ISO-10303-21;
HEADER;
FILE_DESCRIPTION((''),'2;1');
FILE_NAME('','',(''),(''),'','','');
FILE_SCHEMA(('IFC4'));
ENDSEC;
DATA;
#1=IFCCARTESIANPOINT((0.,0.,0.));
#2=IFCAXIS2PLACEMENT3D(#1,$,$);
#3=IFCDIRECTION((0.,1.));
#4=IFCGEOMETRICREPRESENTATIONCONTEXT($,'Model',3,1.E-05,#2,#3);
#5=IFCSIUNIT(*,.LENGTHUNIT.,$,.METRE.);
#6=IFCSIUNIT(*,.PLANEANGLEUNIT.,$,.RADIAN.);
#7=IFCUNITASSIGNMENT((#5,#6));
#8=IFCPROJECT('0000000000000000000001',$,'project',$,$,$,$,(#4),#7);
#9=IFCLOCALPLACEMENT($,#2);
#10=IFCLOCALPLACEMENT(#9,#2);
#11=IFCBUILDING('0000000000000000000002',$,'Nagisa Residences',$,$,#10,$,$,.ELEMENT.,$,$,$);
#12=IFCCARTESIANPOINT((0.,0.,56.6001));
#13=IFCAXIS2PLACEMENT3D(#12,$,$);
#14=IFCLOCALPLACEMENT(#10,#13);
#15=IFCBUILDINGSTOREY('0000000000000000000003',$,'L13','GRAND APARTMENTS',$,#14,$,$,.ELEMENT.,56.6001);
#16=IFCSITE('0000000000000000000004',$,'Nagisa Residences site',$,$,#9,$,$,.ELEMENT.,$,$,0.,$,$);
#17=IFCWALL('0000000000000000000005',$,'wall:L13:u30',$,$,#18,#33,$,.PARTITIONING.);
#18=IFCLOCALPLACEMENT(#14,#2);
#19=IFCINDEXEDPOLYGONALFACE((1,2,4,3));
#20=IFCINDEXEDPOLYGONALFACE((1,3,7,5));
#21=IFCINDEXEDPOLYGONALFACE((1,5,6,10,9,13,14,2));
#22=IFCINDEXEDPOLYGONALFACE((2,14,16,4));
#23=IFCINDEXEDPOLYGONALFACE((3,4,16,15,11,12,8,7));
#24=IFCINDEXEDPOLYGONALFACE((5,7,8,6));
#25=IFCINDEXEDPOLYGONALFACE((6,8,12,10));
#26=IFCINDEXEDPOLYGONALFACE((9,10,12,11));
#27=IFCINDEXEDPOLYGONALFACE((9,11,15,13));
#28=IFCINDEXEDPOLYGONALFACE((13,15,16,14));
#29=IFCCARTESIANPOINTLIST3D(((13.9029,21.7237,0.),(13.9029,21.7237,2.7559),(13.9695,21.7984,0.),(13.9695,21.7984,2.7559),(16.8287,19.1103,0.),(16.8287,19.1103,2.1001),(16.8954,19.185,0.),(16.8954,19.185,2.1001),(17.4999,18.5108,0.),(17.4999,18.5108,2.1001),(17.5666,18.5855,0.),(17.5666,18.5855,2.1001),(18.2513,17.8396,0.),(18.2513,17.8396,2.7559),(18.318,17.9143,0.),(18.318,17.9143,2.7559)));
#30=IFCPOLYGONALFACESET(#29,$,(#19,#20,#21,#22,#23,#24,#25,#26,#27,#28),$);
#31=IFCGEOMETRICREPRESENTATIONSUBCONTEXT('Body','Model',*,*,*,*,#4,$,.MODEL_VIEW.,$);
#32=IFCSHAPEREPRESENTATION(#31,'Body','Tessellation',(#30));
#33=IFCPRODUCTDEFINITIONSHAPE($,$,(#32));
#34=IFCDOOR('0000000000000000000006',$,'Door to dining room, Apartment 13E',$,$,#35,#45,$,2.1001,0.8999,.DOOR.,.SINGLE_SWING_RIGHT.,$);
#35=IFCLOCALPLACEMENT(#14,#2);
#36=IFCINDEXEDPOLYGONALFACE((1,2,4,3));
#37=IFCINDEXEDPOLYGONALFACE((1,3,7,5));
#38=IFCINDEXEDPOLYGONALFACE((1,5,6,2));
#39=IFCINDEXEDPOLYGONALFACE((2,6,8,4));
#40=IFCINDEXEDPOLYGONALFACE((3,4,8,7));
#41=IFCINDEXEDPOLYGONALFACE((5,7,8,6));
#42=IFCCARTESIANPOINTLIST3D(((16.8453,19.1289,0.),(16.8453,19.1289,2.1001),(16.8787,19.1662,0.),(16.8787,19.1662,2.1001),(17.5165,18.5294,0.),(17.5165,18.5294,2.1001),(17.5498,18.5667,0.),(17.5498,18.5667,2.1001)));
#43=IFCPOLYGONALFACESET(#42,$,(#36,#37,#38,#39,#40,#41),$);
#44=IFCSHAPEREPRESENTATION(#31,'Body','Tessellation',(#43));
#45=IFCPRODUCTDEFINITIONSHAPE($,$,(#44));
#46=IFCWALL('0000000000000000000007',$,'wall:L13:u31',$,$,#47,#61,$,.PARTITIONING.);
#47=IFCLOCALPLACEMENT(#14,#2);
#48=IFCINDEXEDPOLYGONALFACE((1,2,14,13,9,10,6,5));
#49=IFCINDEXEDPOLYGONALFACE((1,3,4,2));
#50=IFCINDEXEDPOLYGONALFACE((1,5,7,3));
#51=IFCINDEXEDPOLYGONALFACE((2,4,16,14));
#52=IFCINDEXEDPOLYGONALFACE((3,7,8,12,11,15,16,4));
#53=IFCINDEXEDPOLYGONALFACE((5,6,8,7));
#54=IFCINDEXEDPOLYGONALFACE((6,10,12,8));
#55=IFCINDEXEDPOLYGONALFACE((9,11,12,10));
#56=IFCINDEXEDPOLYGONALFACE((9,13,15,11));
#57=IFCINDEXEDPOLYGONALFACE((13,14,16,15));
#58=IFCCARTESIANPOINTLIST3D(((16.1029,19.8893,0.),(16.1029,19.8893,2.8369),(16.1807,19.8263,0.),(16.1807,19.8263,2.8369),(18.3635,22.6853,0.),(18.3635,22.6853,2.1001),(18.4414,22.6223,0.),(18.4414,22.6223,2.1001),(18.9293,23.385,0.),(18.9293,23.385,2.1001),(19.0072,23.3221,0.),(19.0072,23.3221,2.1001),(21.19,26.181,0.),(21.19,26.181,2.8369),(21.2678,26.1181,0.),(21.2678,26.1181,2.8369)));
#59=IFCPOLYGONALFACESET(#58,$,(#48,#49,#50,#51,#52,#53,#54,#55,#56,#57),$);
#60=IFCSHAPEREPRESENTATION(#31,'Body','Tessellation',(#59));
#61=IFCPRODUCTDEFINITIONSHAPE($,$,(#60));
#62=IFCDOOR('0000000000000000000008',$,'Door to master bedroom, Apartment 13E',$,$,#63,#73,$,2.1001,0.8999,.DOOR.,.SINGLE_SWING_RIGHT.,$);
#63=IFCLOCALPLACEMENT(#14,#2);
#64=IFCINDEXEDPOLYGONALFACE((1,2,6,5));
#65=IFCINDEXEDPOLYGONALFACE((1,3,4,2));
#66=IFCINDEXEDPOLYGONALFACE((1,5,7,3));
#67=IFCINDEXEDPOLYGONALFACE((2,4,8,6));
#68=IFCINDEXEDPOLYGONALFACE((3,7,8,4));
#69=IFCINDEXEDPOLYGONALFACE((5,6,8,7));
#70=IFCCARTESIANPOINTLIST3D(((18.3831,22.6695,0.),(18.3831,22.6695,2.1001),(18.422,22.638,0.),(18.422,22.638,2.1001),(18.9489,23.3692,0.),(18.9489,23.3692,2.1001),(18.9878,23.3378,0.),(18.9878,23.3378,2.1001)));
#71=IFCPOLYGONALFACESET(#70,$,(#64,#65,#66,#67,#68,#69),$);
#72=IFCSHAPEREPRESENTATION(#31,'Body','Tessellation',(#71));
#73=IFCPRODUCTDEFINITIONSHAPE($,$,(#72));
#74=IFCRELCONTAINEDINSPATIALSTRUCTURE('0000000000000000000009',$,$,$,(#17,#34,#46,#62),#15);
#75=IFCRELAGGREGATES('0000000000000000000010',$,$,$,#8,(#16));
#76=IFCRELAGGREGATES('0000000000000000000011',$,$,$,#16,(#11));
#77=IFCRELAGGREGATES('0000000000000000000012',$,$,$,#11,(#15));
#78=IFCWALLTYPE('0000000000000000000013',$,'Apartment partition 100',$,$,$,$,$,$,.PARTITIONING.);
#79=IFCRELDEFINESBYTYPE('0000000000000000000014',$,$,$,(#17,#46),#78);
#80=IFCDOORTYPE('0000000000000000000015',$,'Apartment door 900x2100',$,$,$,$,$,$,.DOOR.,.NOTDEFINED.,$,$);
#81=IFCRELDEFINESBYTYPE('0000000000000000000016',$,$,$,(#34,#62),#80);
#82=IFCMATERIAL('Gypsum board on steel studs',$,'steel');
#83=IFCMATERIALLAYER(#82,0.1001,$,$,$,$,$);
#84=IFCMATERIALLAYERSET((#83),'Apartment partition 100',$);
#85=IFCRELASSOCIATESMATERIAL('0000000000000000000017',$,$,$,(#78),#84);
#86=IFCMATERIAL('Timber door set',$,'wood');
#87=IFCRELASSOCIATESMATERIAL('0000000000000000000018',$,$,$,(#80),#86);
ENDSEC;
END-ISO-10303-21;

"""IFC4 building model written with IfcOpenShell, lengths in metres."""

from ifc_helpers import new_model, si_unit, direction, frame, frame_2d, origin, place, context, subcontext, project, spatial, rectangle, extrude, material, layer, layer_set, type_object, element, fill, save


model = new_model("IFC4")

# Units and contexts
model_context = context("Model", 3, precision=1e-05, world=origin(), true_north=direction((0.0, 1.0)))
body_context = subcontext(model_context, "Body", "Model", "MODEL_VIEW")
ifc_project = project(units=[si_unit("LENGTHUNIT", "METRE"), si_unit("PLANEANGLEUNIT", "RADIAN")], contexts=[model_context])

# Site, building, storey
site_placement = place(None, origin())
site = spatial("IfcSite", under=ifc_project, at=site_placement, Name="Nagisa Residences site", CompositionType="ELEMENT", RefElevation=0.0)
building_placement = place(site_placement, origin())
building = spatial("IfcBuilding", under=site, at=building_placement, Name="Nagisa Residences", CompositionType="ELEMENT")
storey_placement = place(building_placement, frame((0.0, 0.0, 56.6001)))
storey = spatial("IfcBuildingStorey", under=building, at=storey_placement, Name="L13", Description="GRAND APARTMENTS", CompositionType="ELEMENT", Elevation=56.6001)

# Walls, openings, doors
ifc_material_1 = material(Name="Gypsum board on steel studs", Category="steel")
ifc_layer_1 = layer(ifc_material_1, 0.1001)
ifc_layer_set_1 = layer_set([ifc_layer_1], Name="Apartment partition 100")
wall_type_1 = type_object("IfcWallType", Name="Apartment partition 100", PredefinedType="PARTITIONING", material=ifc_layer_set_1)
ifc_material_2 = material(Name="Timber door set", Category="wood")
door_type_1 = type_object("IfcDoorType", Name="Apartment door 900x2100", OperationType="NOTDEFINED", PredefinedType="DOOR", material=ifc_material_2)
wall_1_placement = place(storey_placement, frame((18.2847, 17.877, 0.0), z_axis=(0.0, 0.0, 1.0), x_axis=(-0.745806, 0.666163, 0.0)))
wall_1 = element("IfcWall", 1, at=wall_1_placement, inside=storey, type_object=wall_type_1, Name="wall:L13:u30", PredefinedType="PARTITIONING", context=body_context, shape_type="SweptSolid", body=[
    extrude(rectangle(XDim=5.8306, YDim=0.1001, at=frame_2d((2.9153, 0.0))), origin(), (0.0, 0.0, 1.0), 2.7559),
])
opening_1_placement = place(wall_1_placement, frame((1.0076, 0.0, 0.0)))
opening_1 = element("IfcOpeningElement", 2, at=opening_1_placement, cuts=wall_1, PredefinedType="OPENING", context=body_context, shape_type="SweptSolid", body=[
    extrude(rectangle(XDim=0.8999, YDim=2.1001, at=frame_2d((0.45, 1.05))), frame((0.0, 0.0601, 0.0), z_axis=(0.0, -1.0, 0.0), x_axis=(1.0, 0.0, 0.0)), (0.0, 0.0, 1.0), 0.1201),
])
door_1_placement = place(opening_1_placement, frame((0.8999, 0.0, 0.0), x_axis=(-1.0, 0.0, 0.0)))
door_1 = element("IfcDoor", 3, at=door_1_placement, inside=storey, type_object=door_type_1, Name="Door to dining room, Apartment 13E", OperationType="SINGLE_SWING_RIGHT", OverallHeight=2.1001, OverallWidth=0.8999, PredefinedType="DOOR", context=body_context, shape_type="SweptSolid", body=[
    extrude(rectangle(XDim=0.8999, YDim=2.1001, at=frame_2d((0.45, 1.05))), frame((0.0, 0.0249, 0.0), z_axis=(0.0, -1.0, 0.0), x_axis=(1.0, 0.0, 0.0)), (0.0, 0.0, 1.0), 0.05),
])
fill(opening_1, door_1)
wall_2_placement = place(storey_placement, frame((16.1418, 19.8579, 0.0), z_axis=(0.0, 0.0, 1.0), x_axis=(0.628738, 0.777617, 0.0)))
wall_2 = element("IfcWall", 4, at=wall_2_placement, inside=storey, type_object=wall_type_1, Name="wall:L13:u31", PredefinedType="PARTITIONING", context=body_context, shape_type="SweptSolid", body=[
    extrude(rectangle(XDim=8.0911, YDim=0.1001, at=frame_2d((4.0454, 0.0))), origin(), (0.0, 0.0, 1.0), 2.8369),
])
opening_2_placement = place(wall_2_placement, frame((3.5955, 0.0, 0.0)))
opening_2 = element("IfcOpeningElement", 5, at=opening_2_placement, cuts=wall_2, PredefinedType="OPENING", context=body_context, shape_type="SweptSolid", body=[
    extrude(rectangle(XDim=0.8999, YDim=2.1001, at=frame_2d((0.45, 1.05))), frame((0.0, 0.0601, 0.0), z_axis=(0.0, -1.0, 0.0), x_axis=(1.0, 0.0, 0.0)), (0.0, 0.0, 1.0), 0.1201),
])
door_2_placement = place(opening_2_placement, origin())
door_2 = element("IfcDoor", 6, at=door_2_placement, inside=storey, type_object=door_type_1, Name="Door to master bedroom, Apartment 13E", OperationType="SINGLE_SWING_RIGHT", OverallHeight=2.1001, OverallWidth=0.8999, PredefinedType="DOOR", context=body_context, shape_type="SweptSolid", body=[
    extrude(rectangle(XDim=0.8999, YDim=2.1001, at=frame_2d((0.45, 1.05))), frame((0.0, 0.0249, 0.0), z_axis=(0.0, -1.0, 0.0), x_axis=(1.0, 0.0, 0.0)), (0.0, 0.0, 1.0), 0.05),
])
fill(opening_2, door_2)

save(model, "model.ifc")
